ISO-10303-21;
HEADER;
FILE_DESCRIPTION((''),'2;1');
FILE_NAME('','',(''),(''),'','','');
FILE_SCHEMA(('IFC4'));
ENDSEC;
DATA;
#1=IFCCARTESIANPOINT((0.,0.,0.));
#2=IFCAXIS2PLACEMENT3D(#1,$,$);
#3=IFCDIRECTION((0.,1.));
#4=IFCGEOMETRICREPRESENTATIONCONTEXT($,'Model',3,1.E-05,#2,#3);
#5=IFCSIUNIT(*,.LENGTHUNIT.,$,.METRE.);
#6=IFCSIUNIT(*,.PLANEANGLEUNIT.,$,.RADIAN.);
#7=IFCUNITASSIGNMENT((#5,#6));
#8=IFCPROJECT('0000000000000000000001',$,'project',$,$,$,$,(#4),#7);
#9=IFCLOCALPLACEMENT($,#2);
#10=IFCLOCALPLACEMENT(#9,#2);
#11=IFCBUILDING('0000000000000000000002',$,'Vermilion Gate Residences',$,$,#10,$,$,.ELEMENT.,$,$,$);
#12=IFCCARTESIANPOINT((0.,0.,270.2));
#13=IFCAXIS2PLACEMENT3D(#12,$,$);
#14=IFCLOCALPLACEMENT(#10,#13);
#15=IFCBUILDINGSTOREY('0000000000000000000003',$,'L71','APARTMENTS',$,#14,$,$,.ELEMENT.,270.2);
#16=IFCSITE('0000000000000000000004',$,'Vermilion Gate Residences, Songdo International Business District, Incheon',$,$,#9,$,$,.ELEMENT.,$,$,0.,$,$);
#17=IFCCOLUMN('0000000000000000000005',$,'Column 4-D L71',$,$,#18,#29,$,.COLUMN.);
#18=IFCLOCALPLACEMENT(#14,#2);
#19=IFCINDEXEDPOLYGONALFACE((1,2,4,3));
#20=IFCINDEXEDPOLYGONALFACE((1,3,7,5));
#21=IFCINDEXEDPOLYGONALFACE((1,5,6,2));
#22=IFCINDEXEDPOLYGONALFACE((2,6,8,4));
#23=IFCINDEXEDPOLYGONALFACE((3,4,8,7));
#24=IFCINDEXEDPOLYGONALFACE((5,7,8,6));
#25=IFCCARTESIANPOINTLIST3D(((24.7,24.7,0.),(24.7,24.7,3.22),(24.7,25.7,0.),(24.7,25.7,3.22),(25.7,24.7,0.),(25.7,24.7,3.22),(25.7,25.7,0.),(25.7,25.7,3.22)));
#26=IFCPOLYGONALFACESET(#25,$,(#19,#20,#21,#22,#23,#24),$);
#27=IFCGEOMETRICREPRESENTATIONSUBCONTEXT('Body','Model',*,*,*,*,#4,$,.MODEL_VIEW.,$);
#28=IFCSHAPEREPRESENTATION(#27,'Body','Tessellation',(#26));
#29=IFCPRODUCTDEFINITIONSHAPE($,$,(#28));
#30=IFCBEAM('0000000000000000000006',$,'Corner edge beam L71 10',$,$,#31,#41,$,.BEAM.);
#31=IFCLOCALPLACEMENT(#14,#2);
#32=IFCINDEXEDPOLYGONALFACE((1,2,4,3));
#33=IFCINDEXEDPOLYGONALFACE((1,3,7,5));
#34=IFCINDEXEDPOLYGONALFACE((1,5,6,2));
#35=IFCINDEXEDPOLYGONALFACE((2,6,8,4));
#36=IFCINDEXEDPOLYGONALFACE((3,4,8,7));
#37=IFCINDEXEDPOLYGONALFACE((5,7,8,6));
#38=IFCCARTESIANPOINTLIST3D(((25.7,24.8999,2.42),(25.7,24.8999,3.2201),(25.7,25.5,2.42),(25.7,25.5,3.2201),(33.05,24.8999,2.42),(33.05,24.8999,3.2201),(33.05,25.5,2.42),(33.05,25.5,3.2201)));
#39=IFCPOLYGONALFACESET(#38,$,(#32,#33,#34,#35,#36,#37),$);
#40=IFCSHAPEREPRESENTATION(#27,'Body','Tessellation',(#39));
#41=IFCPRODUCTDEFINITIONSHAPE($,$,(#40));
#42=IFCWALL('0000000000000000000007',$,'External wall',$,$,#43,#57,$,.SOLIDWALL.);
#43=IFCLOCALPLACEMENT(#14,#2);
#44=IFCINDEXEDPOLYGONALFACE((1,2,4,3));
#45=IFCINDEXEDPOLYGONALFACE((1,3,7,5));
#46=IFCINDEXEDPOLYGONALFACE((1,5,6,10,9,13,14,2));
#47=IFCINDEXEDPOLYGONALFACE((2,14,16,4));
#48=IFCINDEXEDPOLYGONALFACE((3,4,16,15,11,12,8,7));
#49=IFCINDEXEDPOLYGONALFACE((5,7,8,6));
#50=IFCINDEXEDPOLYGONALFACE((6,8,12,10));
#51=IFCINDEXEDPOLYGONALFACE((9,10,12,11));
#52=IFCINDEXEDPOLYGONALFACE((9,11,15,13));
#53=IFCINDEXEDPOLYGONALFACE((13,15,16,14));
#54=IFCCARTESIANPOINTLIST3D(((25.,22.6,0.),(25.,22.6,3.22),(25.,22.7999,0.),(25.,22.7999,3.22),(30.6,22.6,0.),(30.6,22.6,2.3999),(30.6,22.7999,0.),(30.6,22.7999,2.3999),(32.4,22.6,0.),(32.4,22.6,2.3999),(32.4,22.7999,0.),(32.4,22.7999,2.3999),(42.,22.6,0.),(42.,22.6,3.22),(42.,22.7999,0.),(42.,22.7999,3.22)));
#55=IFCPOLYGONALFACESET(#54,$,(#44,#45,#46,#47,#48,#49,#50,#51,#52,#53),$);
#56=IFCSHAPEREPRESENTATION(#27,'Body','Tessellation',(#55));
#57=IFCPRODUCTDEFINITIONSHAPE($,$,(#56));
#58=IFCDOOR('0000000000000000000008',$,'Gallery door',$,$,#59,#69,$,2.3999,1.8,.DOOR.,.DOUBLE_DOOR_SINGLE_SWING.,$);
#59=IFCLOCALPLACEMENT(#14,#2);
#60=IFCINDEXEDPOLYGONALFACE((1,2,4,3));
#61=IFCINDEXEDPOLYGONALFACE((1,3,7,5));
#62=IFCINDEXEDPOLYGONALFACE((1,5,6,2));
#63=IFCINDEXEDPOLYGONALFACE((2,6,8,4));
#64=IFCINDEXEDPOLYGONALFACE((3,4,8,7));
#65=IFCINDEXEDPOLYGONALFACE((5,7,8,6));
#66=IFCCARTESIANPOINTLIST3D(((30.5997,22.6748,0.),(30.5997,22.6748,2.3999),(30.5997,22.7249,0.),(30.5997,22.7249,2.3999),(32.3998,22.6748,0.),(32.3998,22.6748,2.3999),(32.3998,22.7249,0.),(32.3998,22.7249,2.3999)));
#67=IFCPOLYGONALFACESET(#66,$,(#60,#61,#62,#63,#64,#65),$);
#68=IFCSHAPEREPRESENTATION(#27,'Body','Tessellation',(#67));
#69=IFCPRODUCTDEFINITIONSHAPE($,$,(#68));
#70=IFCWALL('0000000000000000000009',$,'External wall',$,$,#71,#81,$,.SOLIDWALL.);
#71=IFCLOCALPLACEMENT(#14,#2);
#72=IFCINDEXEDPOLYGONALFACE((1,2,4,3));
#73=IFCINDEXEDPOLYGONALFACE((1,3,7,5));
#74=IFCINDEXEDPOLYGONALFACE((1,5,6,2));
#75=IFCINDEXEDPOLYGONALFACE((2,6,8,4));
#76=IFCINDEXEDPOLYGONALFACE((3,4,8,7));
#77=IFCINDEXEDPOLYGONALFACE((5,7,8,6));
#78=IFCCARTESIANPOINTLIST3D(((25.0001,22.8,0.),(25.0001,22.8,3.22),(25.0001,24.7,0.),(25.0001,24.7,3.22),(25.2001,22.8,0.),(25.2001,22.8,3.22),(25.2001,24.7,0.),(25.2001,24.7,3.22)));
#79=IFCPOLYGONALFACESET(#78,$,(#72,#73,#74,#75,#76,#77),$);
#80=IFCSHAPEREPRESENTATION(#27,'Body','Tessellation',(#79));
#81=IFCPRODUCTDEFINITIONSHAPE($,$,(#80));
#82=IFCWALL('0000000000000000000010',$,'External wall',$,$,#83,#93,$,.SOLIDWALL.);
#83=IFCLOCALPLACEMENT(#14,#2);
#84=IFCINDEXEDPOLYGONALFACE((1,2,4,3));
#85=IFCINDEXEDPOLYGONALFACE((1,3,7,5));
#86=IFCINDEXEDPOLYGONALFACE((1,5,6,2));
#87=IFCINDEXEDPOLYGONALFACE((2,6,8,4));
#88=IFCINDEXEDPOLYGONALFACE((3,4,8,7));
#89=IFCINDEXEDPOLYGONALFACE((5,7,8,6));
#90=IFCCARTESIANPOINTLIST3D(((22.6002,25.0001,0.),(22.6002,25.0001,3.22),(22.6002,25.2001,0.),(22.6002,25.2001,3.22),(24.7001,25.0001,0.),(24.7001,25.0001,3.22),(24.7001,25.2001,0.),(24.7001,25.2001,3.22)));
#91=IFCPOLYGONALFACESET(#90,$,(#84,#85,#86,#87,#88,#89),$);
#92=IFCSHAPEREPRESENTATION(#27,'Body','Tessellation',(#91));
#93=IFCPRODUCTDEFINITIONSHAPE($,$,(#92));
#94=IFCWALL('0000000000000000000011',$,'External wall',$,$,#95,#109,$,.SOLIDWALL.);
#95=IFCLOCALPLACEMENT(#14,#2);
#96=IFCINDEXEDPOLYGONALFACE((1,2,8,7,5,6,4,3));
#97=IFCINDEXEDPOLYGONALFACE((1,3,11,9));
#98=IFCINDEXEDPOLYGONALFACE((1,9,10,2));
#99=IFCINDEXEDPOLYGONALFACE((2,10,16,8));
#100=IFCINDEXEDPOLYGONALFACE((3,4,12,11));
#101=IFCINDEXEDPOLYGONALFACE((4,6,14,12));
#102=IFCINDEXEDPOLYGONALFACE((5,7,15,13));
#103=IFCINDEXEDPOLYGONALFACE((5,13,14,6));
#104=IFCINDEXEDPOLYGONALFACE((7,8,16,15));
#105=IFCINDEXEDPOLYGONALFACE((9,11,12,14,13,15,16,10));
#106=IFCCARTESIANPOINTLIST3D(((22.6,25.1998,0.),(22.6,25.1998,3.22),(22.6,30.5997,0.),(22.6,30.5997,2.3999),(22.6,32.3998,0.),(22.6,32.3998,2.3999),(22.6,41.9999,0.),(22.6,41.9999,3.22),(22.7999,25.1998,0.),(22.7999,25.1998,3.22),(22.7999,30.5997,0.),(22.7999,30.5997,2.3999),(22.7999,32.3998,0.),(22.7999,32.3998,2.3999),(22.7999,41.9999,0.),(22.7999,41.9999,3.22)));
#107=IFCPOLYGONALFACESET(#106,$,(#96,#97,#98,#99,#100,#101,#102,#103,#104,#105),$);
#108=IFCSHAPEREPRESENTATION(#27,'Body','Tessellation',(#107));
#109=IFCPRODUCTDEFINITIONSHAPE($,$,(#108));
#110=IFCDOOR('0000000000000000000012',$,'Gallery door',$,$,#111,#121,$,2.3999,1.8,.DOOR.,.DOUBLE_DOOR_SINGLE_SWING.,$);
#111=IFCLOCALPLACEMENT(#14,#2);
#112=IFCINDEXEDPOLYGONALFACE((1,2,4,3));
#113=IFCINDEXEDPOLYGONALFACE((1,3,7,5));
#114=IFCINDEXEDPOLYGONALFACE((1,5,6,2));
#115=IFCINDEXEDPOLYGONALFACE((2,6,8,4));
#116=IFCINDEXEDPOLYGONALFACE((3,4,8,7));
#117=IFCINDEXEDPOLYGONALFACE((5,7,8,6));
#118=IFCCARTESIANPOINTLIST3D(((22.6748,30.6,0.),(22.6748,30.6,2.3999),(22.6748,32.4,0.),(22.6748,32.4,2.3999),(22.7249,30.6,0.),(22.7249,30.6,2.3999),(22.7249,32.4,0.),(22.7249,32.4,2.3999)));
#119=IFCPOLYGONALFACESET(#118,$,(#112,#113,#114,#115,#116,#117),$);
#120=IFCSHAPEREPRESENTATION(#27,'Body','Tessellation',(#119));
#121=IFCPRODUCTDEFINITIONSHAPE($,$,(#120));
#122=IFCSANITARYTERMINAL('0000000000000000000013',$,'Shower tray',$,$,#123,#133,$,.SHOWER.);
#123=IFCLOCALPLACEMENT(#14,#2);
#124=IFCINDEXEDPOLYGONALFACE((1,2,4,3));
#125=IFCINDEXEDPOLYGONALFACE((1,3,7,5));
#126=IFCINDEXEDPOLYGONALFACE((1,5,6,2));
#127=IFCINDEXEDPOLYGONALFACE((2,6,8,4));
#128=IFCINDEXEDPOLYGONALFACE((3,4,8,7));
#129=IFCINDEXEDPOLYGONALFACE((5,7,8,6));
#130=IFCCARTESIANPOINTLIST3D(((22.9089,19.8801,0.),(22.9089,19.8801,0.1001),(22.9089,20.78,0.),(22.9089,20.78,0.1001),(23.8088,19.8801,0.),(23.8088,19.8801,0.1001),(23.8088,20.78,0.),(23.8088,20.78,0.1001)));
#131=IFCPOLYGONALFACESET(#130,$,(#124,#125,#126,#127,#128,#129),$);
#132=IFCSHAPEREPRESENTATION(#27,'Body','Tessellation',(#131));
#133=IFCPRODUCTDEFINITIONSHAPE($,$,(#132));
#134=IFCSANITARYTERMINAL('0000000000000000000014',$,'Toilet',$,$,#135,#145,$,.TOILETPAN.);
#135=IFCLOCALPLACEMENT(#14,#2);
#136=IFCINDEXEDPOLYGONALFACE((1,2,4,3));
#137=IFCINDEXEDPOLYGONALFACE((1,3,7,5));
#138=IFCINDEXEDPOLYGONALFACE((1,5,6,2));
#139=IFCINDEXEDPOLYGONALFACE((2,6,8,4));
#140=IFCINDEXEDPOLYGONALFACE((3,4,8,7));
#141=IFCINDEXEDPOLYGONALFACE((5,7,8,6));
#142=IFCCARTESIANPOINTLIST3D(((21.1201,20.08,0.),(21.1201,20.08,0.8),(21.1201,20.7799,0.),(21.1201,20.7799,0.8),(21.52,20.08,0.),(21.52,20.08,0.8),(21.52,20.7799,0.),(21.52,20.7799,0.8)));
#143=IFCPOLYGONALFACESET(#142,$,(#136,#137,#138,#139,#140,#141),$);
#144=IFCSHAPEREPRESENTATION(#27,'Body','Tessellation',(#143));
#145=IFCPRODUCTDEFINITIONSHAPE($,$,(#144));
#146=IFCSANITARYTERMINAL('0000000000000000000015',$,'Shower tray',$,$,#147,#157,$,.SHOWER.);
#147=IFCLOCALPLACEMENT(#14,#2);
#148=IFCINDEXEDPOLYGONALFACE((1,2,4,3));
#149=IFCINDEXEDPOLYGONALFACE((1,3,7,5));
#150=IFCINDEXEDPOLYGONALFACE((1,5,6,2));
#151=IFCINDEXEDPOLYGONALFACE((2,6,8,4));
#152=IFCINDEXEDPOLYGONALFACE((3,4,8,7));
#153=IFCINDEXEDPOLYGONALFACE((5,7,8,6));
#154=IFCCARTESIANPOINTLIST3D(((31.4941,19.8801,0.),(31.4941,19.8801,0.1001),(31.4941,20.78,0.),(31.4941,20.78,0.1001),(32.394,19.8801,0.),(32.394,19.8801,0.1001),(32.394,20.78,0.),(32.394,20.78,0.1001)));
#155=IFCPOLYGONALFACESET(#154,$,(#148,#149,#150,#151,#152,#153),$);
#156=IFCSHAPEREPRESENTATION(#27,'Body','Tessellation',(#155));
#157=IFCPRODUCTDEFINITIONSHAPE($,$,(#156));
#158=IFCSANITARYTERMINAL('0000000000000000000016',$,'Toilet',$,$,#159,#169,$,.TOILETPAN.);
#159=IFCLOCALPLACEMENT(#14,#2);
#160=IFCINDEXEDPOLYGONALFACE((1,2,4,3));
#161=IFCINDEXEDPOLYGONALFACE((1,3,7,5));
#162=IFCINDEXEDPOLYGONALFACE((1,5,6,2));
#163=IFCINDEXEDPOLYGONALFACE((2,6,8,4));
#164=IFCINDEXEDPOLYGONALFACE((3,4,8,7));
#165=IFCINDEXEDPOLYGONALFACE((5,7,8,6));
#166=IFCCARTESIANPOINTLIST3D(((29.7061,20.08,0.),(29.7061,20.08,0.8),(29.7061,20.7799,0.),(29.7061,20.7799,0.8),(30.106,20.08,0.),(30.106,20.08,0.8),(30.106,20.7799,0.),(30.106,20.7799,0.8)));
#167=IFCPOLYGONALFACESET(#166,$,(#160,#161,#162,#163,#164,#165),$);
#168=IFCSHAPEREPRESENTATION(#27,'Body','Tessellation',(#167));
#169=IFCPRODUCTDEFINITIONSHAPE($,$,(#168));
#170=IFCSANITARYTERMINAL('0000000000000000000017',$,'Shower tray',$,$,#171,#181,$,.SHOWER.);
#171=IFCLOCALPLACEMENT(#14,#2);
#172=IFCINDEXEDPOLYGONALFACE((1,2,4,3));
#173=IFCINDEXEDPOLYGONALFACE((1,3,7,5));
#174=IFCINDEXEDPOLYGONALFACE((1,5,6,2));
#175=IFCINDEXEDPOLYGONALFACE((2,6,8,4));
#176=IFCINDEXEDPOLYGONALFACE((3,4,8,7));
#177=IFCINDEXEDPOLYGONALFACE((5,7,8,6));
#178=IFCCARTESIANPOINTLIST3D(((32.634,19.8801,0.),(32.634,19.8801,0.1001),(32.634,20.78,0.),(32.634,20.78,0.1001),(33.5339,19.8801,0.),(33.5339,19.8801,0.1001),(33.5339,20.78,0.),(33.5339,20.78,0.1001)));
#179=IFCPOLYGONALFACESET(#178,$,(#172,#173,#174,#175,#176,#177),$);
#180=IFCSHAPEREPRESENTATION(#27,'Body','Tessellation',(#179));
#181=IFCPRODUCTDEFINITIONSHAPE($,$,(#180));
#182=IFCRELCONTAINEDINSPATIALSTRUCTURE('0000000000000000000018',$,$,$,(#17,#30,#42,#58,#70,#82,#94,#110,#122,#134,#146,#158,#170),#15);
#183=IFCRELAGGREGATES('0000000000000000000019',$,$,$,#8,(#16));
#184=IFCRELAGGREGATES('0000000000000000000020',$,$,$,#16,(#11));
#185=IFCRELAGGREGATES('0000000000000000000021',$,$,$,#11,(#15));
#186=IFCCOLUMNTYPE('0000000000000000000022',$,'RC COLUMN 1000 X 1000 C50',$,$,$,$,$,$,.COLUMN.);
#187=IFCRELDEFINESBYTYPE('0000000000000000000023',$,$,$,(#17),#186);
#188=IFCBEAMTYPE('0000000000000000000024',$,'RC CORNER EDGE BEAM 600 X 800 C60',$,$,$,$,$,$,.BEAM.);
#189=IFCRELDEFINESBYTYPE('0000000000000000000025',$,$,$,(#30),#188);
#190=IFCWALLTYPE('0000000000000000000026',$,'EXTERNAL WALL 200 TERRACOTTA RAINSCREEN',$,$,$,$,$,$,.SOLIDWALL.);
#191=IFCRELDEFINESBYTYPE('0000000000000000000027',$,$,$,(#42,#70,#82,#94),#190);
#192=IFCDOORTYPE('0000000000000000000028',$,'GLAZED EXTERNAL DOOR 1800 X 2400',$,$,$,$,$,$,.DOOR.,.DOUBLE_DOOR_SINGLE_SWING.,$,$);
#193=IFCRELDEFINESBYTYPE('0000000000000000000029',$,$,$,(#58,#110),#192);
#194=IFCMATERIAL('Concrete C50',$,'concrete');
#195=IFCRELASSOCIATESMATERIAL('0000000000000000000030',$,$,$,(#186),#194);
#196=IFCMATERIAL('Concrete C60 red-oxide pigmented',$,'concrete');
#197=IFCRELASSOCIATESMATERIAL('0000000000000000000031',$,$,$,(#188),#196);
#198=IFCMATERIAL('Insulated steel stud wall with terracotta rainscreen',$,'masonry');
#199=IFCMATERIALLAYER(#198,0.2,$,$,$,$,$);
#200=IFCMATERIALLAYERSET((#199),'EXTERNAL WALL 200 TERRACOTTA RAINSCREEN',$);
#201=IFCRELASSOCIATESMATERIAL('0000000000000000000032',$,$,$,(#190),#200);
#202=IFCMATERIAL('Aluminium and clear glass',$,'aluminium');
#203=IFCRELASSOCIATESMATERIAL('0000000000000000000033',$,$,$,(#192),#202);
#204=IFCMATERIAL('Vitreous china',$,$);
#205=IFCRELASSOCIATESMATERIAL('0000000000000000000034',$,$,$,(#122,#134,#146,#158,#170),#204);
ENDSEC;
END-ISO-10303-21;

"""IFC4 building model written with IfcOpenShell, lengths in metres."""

from ifc_helpers import new_model, si_unit, direction, frame, frame_2d, origin, origin_2d, place, context, subcontext, project, spatial, rectangle, extrude, material, layer, layer_set, material_profile, profile_set, type_object, element, fill, save


model = new_model("IFC4")

# Units and contexts
model_context = context("Model", 3, precision=1e-05, world=origin(), true_north=direction((0.0, 1.0)))
body_context = subcontext(model_context, "Body", "Model", "MODEL_VIEW")
ifc_project = project(units=[si_unit("LENGTHUNIT", "METRE"), si_unit("PLANEANGLEUNIT", "RADIAN")], contexts=[model_context])

# Site, building, storey
site_placement = place(None, origin())
site = spatial("IfcSite", under=ifc_project, at=site_placement, Name="Vermilion Gate Residences, Songdo International Business District, Incheon", CompositionType="ELEMENT", RefElevation=0.0)
building_placement = place(site_placement, origin())
building = spatial("IfcBuilding", under=site, at=building_placement, Name="Vermilion Gate Residences", CompositionType="ELEMENT")
storey_placement = place(building_placement, frame((0.0, 0.0, 270.2)))
storey = spatial("IfcBuildingStorey", under=building, at=storey_placement, Name="L71", Description="APARTMENTS", CompositionType="ELEMENT", Elevation=270.2)

# Column
ifc_material_1 = material(Name="Concrete C50", Category="concrete")
ifc_material_profile_1 = material_profile(ifc_material_1, rectangle(XDim=1.0, YDim=1.0, at=origin_2d()), Name="RC-1000x1000")
ifc_profile_set_1 = profile_set([ifc_material_profile_1], Name="Concrete C50")
column_type = type_object("IfcColumnType", Name="RC COLUMN 1000 X 1000 C50", PredefinedType="COLUMN", material=ifc_profile_set_1)
column_placement = place(storey_placement, frame((25.2, 25.2, 0.0), z_axis=(0.0, 0.0, 1.0), x_axis=(1.0, 0.0, 0.0)))
element("IfcColumn", 1, at=column_placement, inside=storey, type_object=column_type, Name="Column 4-D L71", PredefinedType="COLUMN", context=body_context, shape_type="SweptSolid", body=[
    extrude(rectangle(XDim=1.0, YDim=1.0, at=origin_2d()), origin(), (0.0, 0.0, 1.0), 3.22),
])

# Beam
ifc_material_2 = material(Name="Concrete C60 red-oxide pigmented", Category="concrete")
ifc_material_profile_2 = material_profile(ifc_material_2, rectangle(XDim=0.6001, YDim=0.8, at=origin_2d()), Name="RC-600x800")
ifc_profile_set_2 = profile_set([ifc_material_profile_2], Name="Concrete C60 red-oxide pigmented")
beam_type = type_object("IfcBeamType", Name="RC CORNER EDGE BEAM 600 X 800 C60", PredefinedType="BEAM", material=ifc_profile_set_2)
beam_placement = place(storey_placement, frame((25.7, 25.2, 2.8201), z_axis=(1.0, 0.0, 0.0), x_axis=(0.0, 1.0, 0.0)))
element("IfcBeam", 2, at=beam_placement, inside=storey, type_object=beam_type, Name="Corner edge beam L71 10", PredefinedType="BEAM", context=body_context, shape_type="SweptSolid", body=[
    extrude(rectangle(XDim=0.6001, YDim=0.8, at=origin_2d()), origin(), (0.0, 0.0, 1.0), 7.3501),
])

# Wall, opening, door
ifc_material_3 = material(Name="Insulated steel stud wall with terracotta rainscreen", Category="masonry")
ifc_layer = layer(ifc_material_3, 0.2)
ifc_layer_set = layer_set([ifc_layer], Name="EXTERNAL WALL 200 TERRACOTTA RAINSCREEN")
wall_type = type_object("IfcWallType", Name="EXTERNAL WALL 200 TERRACOTTA RAINSCREEN", PredefinedType="SOLIDWALL", material=ifc_layer_set)
wall_1_placement = place(storey_placement, frame((42.0, 22.7, 0.0), z_axis=(0.0, 0.0, 1.0), x_axis=(-1.0, 0.0, 0.0)))
wall_1 = element("IfcWall", 3, at=wall_1_placement, inside=storey, type_object=wall_type, Name="External wall", PredefinedType="SOLIDWALL", context=body_context, shape_type="SweptSolid", body=[
    extrude(rectangle(XDim=17.0, YDim=0.2, at=frame_2d((8.5, 0.0))), origin(), (0.0, 0.0, 1.0), 3.22),
])
opening_1_placement = place(wall_1_placement, frame((9.6001, 0.0, 0.0)))
opening_1 = element("IfcOpeningElement", 4, at=opening_1_placement, cuts=wall_1, PredefinedType="OPENING", context=body_context, shape_type="SweptSolid", body=[
    extrude(rectangle(XDim=1.8, YDim=2.3999, at=frame_2d((0.8999, 1.2))), frame((0.0, 0.1099, 0.0), z_axis=(0.0, -1.0, 0.0), x_axis=(1.0, 0.0, 0.0)), (0.0, 0.0, 1.0), 0.22),
])
ifc_material_4 = material(Name="Aluminium and clear glass", Category="aluminium")
door_type = type_object("IfcDoorType", Name="GLAZED EXTERNAL DOOR 1800 X 2400", OperationType="DOUBLE_DOOR_SINGLE_SWING", PredefinedType="DOOR", material=ifc_material_4)
door_1_placement = place(opening_1_placement, frame((1.8, 0.0, 0.0), z_axis=(0.0, 0.0, 1.0), x_axis=(-1.0, 0.0, 0.0)))
door_1 = element("IfcDoor", 5, at=door_1_placement, inside=storey, type_object=door_type, Name="Gallery door", OperationType="DOUBLE_DOOR_SINGLE_SWING", OverallHeight=2.3999, OverallWidth=1.8, PredefinedType="DOOR", context=body_context, shape_type="SweptSolid", body=[
    extrude(rectangle(XDim=1.8, YDim=2.3999, at=frame_2d((0.8999, 1.2))), frame((0.0, 0.0249, 0.0), z_axis=(0.0, -1.0, 0.0), x_axis=(1.0, 0.0, 0.0)), (0.0, 0.0, 1.0), 0.05),
])
fill(opening_1, door_1)

# Walls
wall_2_placement = place(storey_placement, frame((25.1001, 22.8, 0.0), z_axis=(0.0, 0.0, 1.0), x_axis=(0.0, 1.0, 0.0)))
element("IfcWall", 6, at=wall_2_placement, inside=storey, type_object=wall_type, Name="External wall", PredefinedType="SOLIDWALL", context=body_context, shape_type="SweptSolid", body=[
    extrude(rectangle(XDim=1.8999, YDim=0.2, at=frame_2d((0.95, 0.0))), origin(), (0.0, 0.0, 1.0), 3.22),
])
wall_3_placement = place(storey_placement, frame((24.7, 25.1001, 0.0), z_axis=(0.0, 0.0, 1.0), x_axis=(-1.0, 0.0, 0.0)))
element("IfcWall", 7, at=wall_3_placement, inside=storey, type_object=wall_type, Name="External wall", PredefinedType="SOLIDWALL", context=body_context, shape_type="SweptSolid", body=[
    extrude(rectangle(XDim=2.0999, YDim=0.2, at=frame_2d((1.0498, 0.0))), origin(), (0.0, 0.0, 1.0), 3.22),
])

# Wall, opening, door
wall_4_placement = place(storey_placement, frame((22.7, 25.2, 0.0), z_axis=(0.0, 0.0, 1.0), x_axis=(0.0, 1.0, 0.0)))
wall_4 = element("IfcWall", 8, at=wall_4_placement, inside=storey, type_object=wall_type, Name="External wall", PredefinedType="SOLIDWALL", context=body_context, shape_type="SweptSolid", body=[
    extrude(rectangle(XDim=16.8, YDim=0.2, at=frame_2d((8.3999, 0.0))), origin(), (0.0, 0.0, 1.0), 3.22),
])
opening_2_placement = place(wall_4_placement, frame((5.3999, 0.0, 0.0)))
opening_2 = element("IfcOpeningElement", 9, at=opening_2_placement, cuts=wall_4, PredefinedType="OPENING", context=body_context, shape_type="SweptSolid", body=[
    extrude(rectangle(XDim=1.8, YDim=2.3999, at=frame_2d((0.8999, 1.2))), frame((0.0, 0.1099, 0.0), z_axis=(0.0, -1.0, 0.0), x_axis=(1.0, 0.0, 0.0)), (0.0, 0.0, 1.0), 0.22),
])
door_2_placement = place(opening_2_placement, frame((1.8, 0.0, 0.0), z_axis=(0.0, 0.0, 1.0), x_axis=(-1.0, 0.0, 0.0)))
door_2 = element("IfcDoor", 10, at=door_2_placement, inside=storey, type_object=door_type, Name="Gallery door", OperationType="DOUBLE_DOOR_SINGLE_SWING", OverallHeight=2.3999, OverallWidth=1.8, PredefinedType="DOOR", context=body_context, shape_type="SweptSolid", body=[
    extrude(rectangle(XDim=1.8, YDim=2.3999, at=frame_2d((0.8999, 1.2))), frame((0.0, 0.0249, 0.0), z_axis=(0.0, -1.0, 0.0), x_axis=(1.0, 0.0, 0.0)), (0.0, 0.0, 1.0), 0.05),
])
fill(opening_2, door_2)

# Sanitary terminals
ifc_material_5 = material(Name="Vitreous china")
sanitary_terminal_1_placement = place(storey_placement, frame((23.3589, 20.3301, 0.0), z_axis=(0.0, 0.0, 1.0), x_axis=(1.0, 0.0, 0.0)))
element("IfcSanitaryTerminal", 11, at=sanitary_terminal_1_placement, inside=storey, material=ifc_material_5, Name="Shower tray", PredefinedType="SHOWER", context=body_context, shape_type="SweptSolid", body=[
    extrude(rectangle(XDim=0.8999, YDim=0.8999, at=origin_2d()), origin(), (0.0, 0.0, 1.0), 0.1001),
])
sanitary_terminal_2_placement = place(storey_placement, frame((21.3201, 20.4299, 0.0), z_axis=(0.0, 0.0, 1.0), x_axis=(1.0, 0.0, 0.0)))
element("IfcSanitaryTerminal", 12, at=sanitary_terminal_2_placement, inside=storey, material=ifc_material_5, Name="Toilet", PredefinedType="TOILETPAN", context=body_context, shape_type="SweptSolid", body=[
    extrude(rectangle(XDim=0.3999, YDim=0.7, at=origin_2d()), origin(), (0.0, 0.0, 1.0), 0.8),
])
sanitary_terminal_3_placement = place(storey_placement, frame((31.9441, 20.3301, 0.0), z_axis=(0.0, 0.0, 1.0), x_axis=(1.0, 0.0, 0.0)))
element("IfcSanitaryTerminal", 13, at=sanitary_terminal_3_placement, inside=storey, material=ifc_material_5, Name="Shower tray", PredefinedType="SHOWER", context=body_context, shape_type="SweptSolid", body=[
    extrude(rectangle(XDim=0.8999, YDim=0.8999, at=origin_2d()), origin(), (0.0, 0.0, 1.0), 0.1001),
])
sanitary_terminal_4_placement = place(storey_placement, frame((29.906, 20.4299, 0.0), z_axis=(0.0, 0.0, 1.0), x_axis=(1.0, 0.0, 0.0)))
element("IfcSanitaryTerminal", 14, at=sanitary_terminal_4_placement, inside=storey, material=ifc_material_5, Name="Toilet", PredefinedType="TOILETPAN", context=body_context, shape_type="SweptSolid", body=[
    extrude(rectangle(XDim=0.3999, YDim=0.7, at=origin_2d()), origin(), (0.0, 0.0, 1.0), 0.8),
])
sanitary_terminal_5_placement = place(storey_placement, frame((33.084, 20.3301, 0.0), z_axis=(0.0, 0.0, 1.0), x_axis=(1.0, 0.0, 0.0)))
element("IfcSanitaryTerminal", 15, at=sanitary_terminal_5_placement, inside=storey, material=ifc_material_5, Name="Shower tray", PredefinedType="SHOWER", context=body_context, shape_type="SweptSolid", body=[
    extrude(rectangle(XDim=0.8999, YDim=0.8999, at=origin_2d()), origin(), (0.0, 0.0, 1.0), 0.1001),
])

save(model, "model.ifc")
